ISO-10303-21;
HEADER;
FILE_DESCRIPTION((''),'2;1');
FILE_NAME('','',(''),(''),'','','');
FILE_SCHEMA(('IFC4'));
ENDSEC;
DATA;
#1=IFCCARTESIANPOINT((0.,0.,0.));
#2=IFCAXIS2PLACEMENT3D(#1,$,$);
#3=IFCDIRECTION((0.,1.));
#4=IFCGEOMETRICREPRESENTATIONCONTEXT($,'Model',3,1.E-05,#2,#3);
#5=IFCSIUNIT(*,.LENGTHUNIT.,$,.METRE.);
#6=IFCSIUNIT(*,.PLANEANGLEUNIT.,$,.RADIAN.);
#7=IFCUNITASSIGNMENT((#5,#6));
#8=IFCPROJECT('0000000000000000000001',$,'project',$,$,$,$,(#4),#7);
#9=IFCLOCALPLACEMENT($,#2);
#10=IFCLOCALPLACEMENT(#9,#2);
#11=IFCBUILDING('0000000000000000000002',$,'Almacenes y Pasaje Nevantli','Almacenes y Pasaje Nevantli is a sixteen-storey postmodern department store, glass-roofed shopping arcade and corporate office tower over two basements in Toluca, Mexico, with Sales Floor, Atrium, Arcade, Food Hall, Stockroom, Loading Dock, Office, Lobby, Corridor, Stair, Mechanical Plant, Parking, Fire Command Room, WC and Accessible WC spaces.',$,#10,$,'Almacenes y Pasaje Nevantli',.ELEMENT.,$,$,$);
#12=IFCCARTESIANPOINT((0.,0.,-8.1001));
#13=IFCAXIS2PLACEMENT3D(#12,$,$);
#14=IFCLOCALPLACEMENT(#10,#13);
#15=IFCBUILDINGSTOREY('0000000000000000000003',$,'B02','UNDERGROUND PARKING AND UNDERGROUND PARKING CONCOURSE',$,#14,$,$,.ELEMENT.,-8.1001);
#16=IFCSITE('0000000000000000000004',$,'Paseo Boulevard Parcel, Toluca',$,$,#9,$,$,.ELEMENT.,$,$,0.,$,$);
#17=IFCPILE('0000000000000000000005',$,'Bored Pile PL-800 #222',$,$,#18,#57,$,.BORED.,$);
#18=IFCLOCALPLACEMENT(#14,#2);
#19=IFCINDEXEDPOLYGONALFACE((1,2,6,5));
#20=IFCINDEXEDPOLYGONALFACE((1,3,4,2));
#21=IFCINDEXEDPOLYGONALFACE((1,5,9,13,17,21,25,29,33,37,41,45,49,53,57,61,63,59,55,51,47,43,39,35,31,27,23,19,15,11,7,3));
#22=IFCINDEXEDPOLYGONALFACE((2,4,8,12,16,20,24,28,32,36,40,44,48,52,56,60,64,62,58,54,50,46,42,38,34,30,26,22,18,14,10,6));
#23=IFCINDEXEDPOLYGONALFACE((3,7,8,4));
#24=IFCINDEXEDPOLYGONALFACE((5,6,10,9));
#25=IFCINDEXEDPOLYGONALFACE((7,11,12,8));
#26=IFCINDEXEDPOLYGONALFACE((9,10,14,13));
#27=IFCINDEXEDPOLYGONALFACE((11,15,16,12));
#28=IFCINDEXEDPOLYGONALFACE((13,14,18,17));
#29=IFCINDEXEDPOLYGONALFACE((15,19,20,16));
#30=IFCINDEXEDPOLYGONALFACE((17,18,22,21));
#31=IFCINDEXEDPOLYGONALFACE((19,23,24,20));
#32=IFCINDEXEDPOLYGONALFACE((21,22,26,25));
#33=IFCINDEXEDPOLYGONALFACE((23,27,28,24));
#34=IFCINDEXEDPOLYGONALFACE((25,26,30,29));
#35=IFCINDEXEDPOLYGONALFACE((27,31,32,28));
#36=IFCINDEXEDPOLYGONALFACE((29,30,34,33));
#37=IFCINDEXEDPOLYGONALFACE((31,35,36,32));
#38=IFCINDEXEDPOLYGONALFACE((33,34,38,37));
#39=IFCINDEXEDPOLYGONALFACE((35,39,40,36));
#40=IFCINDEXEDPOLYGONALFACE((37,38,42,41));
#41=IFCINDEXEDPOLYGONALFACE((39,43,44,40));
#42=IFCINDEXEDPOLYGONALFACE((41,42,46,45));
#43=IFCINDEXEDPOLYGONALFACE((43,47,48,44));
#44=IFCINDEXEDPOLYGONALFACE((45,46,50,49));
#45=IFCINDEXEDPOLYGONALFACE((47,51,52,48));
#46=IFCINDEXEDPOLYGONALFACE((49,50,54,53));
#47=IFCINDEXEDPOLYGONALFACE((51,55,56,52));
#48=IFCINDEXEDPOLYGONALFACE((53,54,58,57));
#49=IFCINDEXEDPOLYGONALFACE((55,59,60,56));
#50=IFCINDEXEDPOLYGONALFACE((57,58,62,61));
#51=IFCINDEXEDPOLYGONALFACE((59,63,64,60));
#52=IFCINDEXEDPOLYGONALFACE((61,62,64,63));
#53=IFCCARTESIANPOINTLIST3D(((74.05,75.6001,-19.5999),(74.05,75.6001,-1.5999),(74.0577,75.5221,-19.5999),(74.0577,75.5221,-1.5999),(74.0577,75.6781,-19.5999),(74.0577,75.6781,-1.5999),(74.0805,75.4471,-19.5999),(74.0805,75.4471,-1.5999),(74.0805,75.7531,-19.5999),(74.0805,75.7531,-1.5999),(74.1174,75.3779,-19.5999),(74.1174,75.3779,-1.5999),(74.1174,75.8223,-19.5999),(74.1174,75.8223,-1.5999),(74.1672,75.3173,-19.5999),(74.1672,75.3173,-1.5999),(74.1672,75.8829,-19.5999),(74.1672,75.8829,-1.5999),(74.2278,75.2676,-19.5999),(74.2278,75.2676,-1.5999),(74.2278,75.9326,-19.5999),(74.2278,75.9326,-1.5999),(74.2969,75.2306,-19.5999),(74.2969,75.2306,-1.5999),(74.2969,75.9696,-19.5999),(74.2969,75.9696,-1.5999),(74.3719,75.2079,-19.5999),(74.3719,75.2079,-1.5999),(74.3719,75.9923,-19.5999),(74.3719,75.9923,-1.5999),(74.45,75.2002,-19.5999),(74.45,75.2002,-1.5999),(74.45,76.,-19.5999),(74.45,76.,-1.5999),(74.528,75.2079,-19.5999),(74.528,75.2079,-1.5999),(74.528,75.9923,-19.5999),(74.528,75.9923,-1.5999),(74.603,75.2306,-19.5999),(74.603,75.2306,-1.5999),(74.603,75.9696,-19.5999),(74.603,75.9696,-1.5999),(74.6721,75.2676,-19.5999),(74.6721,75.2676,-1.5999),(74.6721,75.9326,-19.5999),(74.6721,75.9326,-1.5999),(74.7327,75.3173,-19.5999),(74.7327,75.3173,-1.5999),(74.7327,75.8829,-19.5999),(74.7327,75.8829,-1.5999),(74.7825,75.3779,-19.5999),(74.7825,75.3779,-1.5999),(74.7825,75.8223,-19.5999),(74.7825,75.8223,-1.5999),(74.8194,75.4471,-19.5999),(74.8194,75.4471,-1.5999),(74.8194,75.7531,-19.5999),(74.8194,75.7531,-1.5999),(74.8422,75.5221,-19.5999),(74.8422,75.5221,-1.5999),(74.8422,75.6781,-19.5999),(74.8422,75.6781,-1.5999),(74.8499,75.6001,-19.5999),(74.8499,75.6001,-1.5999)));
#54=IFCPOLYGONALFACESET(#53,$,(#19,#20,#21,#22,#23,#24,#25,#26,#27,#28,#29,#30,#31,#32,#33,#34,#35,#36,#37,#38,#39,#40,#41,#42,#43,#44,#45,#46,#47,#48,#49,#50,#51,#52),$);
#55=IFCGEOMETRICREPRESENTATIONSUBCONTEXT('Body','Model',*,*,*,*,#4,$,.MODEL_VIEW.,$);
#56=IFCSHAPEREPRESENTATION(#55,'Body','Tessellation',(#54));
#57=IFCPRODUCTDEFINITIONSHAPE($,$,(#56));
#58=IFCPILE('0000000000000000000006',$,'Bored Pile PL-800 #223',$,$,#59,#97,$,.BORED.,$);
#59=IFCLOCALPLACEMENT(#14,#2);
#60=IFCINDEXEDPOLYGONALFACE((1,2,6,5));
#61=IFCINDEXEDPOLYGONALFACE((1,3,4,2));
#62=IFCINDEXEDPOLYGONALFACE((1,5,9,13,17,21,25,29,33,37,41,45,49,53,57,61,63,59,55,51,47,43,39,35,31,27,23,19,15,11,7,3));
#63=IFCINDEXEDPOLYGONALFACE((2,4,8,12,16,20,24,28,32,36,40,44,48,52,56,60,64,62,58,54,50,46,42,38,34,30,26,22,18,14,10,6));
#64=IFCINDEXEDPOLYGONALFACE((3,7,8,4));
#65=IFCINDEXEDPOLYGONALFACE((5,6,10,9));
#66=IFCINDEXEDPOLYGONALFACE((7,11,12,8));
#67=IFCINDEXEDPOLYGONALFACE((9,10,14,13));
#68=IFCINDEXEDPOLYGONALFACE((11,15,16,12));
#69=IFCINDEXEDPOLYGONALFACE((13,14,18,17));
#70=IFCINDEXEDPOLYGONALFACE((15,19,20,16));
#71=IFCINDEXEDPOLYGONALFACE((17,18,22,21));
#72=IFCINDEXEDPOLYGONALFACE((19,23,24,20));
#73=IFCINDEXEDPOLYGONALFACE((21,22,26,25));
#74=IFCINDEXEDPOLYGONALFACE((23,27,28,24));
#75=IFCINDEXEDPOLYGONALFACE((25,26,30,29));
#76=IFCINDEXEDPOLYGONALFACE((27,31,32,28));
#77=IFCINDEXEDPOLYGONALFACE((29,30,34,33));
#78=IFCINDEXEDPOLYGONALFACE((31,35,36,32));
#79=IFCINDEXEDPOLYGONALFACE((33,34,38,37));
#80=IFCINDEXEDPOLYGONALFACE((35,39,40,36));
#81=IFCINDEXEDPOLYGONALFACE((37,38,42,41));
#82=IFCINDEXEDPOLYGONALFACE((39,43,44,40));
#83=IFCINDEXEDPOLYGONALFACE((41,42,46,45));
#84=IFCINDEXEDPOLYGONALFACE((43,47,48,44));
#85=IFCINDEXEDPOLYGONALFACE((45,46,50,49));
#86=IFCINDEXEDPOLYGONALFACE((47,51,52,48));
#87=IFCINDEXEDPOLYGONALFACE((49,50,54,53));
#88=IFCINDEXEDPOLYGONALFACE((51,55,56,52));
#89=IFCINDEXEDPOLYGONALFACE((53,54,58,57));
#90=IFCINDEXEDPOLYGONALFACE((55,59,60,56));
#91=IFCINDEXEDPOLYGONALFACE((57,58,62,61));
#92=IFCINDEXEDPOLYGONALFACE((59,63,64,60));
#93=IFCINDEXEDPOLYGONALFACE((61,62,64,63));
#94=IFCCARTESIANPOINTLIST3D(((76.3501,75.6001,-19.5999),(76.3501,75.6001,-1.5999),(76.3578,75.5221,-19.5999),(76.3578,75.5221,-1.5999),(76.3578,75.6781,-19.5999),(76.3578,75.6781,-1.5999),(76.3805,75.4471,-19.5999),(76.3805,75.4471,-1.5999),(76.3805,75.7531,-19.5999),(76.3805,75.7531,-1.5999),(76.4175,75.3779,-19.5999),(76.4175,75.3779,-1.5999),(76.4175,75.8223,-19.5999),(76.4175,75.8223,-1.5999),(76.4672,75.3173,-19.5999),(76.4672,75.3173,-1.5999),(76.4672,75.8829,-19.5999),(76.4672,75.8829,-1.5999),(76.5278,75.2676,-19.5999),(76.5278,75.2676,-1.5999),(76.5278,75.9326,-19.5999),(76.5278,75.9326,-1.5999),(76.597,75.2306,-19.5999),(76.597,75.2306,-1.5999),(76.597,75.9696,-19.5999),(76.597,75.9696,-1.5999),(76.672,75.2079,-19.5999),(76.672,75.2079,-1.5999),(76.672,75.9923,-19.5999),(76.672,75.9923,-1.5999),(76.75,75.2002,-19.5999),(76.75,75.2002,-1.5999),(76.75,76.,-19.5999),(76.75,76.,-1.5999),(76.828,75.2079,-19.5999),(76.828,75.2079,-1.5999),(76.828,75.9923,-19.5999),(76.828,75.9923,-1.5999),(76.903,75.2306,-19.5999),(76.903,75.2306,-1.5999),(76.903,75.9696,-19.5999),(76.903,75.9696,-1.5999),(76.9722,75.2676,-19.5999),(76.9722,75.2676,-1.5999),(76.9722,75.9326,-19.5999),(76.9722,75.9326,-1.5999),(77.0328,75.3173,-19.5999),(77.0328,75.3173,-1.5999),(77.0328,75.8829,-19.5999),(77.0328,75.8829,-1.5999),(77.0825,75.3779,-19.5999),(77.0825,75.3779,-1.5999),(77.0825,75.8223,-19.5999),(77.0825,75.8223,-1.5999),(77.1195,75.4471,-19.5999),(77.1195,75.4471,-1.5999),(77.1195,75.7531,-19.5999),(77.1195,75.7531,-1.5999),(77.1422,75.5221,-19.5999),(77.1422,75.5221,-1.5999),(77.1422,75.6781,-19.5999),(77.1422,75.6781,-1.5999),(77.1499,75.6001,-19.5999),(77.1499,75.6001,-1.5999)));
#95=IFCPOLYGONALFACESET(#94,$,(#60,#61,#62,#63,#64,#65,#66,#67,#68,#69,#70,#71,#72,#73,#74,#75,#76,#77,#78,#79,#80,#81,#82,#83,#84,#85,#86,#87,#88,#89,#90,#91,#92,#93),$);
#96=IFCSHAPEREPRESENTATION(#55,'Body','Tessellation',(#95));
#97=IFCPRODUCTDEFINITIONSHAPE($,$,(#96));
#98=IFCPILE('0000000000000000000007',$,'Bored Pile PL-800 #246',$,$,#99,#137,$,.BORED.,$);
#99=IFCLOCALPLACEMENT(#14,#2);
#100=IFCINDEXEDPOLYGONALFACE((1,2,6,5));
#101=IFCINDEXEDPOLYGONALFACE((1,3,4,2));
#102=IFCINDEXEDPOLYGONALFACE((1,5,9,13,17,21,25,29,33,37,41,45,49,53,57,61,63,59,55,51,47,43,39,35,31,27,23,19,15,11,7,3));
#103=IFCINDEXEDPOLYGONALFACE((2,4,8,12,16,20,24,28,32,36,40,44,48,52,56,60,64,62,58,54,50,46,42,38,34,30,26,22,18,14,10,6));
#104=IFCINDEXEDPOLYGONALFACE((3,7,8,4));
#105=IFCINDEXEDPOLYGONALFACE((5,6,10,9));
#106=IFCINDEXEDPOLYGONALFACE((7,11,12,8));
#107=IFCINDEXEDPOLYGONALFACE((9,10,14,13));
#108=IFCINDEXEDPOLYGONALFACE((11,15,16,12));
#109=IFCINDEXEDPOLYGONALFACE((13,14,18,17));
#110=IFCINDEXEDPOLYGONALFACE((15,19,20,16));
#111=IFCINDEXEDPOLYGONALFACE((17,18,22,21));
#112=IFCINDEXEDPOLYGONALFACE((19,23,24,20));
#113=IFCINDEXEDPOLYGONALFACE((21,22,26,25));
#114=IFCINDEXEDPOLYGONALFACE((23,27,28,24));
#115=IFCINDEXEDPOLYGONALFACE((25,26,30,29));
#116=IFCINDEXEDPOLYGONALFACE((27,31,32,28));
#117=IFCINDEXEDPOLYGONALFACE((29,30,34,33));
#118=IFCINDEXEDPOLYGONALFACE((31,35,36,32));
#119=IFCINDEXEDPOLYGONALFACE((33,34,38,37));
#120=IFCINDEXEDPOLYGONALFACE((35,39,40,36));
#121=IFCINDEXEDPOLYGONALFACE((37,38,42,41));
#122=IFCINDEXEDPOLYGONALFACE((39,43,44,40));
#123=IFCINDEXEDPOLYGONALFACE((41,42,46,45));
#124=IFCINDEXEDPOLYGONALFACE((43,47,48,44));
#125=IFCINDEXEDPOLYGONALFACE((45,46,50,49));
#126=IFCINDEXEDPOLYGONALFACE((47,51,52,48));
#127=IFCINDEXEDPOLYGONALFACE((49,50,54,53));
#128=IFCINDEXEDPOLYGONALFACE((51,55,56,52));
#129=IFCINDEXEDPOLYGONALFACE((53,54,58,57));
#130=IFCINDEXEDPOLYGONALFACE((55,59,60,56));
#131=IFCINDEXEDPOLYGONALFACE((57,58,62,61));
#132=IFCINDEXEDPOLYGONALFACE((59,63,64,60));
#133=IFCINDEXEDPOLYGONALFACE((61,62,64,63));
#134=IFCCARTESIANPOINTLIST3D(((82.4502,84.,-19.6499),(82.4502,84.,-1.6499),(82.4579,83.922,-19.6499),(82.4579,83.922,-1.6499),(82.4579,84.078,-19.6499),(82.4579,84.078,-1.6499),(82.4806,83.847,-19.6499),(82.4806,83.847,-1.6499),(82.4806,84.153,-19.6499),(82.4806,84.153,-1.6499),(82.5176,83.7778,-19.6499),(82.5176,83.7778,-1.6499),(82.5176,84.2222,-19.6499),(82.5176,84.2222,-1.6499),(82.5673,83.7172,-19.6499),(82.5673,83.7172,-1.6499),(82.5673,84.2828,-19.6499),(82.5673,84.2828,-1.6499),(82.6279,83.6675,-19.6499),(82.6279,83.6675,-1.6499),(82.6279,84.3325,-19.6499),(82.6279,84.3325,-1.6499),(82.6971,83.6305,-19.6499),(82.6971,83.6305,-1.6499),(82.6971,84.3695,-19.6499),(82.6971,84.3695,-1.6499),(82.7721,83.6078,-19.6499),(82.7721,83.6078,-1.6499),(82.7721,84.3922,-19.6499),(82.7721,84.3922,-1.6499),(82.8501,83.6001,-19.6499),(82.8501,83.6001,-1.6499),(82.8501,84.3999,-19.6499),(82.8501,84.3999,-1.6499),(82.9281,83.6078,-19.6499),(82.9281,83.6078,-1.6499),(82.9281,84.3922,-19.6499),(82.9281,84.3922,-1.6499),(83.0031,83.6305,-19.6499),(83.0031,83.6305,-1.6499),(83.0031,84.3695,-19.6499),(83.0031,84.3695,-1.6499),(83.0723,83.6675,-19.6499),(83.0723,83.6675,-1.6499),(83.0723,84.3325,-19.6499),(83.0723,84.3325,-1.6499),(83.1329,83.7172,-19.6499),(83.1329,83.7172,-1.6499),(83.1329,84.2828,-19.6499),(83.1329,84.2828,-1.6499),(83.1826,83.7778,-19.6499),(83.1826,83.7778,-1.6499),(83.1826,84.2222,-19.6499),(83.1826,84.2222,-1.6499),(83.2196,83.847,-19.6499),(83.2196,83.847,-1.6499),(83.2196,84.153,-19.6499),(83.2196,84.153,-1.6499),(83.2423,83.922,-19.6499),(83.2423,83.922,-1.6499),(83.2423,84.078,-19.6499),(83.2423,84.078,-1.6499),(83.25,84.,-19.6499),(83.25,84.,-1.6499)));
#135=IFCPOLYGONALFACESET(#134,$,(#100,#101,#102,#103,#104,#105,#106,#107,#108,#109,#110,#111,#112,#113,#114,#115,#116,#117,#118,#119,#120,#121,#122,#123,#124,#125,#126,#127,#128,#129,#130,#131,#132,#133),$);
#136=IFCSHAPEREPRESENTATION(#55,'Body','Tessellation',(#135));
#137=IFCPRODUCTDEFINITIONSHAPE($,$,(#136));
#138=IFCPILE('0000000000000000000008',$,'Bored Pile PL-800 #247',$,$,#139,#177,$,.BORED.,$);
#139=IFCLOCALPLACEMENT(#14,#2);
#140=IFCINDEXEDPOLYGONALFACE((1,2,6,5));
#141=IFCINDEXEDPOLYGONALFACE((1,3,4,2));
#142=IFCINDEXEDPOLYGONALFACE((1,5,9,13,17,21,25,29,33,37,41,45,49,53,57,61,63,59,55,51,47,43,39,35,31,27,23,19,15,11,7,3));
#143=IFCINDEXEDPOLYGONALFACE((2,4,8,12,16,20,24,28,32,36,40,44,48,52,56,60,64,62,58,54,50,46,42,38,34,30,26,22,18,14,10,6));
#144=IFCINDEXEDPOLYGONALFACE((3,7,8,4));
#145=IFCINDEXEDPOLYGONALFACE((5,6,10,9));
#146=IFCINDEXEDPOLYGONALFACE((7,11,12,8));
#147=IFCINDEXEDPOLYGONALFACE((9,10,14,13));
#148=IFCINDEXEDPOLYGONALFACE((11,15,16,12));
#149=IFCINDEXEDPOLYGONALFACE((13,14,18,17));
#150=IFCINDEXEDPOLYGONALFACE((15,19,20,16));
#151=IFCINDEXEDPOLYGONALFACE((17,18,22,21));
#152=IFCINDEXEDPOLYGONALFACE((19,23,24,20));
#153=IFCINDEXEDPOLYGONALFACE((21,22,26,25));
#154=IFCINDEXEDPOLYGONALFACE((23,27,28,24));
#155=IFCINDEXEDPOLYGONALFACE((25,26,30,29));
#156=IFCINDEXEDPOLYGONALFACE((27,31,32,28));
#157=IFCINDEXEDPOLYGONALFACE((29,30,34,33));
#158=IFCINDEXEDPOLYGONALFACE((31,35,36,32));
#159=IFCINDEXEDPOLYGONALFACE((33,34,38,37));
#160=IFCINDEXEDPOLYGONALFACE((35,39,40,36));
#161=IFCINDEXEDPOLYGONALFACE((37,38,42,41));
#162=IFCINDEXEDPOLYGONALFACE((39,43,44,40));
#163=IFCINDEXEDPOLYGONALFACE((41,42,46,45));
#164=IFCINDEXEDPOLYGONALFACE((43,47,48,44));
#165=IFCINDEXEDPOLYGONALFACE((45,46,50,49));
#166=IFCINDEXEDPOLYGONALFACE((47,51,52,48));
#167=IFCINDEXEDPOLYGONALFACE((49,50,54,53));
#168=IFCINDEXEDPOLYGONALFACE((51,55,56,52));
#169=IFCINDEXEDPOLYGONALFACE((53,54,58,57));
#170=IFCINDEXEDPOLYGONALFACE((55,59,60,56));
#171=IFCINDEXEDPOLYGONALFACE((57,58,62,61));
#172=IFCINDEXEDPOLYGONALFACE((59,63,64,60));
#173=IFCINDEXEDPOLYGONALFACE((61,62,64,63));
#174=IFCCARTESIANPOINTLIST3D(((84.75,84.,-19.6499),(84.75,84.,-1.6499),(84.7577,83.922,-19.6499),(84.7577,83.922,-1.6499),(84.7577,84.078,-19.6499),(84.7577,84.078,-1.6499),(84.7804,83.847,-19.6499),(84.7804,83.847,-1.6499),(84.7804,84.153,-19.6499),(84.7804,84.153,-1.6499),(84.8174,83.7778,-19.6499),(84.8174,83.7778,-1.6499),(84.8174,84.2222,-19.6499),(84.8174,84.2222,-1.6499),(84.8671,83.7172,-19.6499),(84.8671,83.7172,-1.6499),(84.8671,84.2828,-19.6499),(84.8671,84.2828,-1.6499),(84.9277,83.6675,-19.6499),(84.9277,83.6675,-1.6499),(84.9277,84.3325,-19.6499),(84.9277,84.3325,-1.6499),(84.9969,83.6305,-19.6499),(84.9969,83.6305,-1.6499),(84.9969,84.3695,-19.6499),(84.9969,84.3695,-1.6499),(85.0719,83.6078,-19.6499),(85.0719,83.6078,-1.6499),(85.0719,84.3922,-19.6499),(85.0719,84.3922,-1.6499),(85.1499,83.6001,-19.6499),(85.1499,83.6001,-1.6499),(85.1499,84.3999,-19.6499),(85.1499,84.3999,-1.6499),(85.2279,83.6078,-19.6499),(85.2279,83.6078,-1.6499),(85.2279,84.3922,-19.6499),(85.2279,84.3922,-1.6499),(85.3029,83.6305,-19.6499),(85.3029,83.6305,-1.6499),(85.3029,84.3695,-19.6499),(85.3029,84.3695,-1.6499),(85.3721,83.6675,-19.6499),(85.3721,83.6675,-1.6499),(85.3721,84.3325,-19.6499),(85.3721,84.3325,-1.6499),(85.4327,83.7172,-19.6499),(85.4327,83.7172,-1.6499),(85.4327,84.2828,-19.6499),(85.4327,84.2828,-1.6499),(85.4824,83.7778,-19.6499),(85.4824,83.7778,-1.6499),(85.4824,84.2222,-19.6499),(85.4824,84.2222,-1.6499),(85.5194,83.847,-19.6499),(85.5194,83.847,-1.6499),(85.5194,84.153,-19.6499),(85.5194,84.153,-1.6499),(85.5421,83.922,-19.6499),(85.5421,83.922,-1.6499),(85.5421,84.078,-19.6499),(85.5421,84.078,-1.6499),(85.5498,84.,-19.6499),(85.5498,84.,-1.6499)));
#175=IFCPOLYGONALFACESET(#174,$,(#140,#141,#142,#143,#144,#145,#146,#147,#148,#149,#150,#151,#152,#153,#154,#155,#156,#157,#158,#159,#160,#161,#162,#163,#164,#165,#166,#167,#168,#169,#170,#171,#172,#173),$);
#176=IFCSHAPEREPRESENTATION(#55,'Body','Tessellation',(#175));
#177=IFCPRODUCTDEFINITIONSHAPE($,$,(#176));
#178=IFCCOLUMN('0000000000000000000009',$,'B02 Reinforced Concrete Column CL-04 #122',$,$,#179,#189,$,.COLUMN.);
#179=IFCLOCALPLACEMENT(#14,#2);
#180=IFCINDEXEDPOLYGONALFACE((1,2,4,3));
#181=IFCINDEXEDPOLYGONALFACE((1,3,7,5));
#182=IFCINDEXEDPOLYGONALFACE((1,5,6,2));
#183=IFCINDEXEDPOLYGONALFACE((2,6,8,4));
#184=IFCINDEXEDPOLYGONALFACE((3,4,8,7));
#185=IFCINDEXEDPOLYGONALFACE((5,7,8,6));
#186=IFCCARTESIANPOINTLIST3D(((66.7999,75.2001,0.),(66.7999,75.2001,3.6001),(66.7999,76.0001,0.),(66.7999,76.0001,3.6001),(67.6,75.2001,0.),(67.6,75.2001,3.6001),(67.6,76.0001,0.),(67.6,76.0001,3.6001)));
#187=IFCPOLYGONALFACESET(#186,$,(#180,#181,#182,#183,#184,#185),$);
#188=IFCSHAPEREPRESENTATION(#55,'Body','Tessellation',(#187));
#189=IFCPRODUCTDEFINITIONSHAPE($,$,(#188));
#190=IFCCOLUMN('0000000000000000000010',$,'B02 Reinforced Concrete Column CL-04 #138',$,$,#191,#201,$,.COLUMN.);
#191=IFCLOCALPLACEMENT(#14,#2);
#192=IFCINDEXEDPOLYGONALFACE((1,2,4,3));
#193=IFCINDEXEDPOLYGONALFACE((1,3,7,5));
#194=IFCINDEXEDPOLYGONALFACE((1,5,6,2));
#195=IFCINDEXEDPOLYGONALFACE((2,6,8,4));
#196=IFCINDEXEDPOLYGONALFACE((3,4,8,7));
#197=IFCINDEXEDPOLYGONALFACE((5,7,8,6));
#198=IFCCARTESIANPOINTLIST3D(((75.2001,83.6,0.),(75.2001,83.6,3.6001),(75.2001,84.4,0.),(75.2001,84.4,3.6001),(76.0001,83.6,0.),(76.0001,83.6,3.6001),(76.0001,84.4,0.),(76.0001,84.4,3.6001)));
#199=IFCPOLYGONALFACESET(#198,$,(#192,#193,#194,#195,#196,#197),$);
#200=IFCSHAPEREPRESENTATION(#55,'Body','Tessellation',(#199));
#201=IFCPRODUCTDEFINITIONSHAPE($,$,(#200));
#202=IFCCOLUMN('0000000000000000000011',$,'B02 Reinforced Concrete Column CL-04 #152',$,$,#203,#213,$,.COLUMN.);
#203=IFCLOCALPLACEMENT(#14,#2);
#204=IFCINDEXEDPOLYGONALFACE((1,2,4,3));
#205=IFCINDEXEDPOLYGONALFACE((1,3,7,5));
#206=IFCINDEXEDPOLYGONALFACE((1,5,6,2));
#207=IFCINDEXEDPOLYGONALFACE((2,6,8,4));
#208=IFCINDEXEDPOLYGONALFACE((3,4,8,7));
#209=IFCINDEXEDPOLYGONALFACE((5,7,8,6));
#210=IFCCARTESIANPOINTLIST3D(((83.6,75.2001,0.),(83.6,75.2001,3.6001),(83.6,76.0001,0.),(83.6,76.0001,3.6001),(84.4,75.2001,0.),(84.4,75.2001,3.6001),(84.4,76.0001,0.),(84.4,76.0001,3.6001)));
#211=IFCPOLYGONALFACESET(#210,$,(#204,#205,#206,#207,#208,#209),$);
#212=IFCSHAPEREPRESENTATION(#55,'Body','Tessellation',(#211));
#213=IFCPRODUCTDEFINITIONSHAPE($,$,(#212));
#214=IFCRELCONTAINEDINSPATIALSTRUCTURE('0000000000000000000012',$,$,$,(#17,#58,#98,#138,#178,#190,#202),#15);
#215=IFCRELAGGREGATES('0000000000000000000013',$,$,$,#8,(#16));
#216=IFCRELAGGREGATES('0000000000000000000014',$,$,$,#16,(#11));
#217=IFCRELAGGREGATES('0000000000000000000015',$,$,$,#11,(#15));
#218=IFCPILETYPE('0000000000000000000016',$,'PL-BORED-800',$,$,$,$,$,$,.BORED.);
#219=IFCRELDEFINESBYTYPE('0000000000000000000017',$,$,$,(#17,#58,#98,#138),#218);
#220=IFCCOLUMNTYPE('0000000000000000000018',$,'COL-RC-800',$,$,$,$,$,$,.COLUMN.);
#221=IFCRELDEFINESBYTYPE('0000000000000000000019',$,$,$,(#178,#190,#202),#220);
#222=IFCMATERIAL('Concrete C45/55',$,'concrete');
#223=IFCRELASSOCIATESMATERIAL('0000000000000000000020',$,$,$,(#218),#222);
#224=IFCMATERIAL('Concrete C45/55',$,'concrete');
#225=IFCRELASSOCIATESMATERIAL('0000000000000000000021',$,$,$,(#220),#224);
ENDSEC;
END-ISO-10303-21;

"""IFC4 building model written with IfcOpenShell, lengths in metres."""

from ifc_helpers import new_model, si_unit, direction, frame, origin, origin_2d, place, context, subcontext, project, spatial, rectangle, circle, extrude, material, material_profile, profile_set, type_object, element, save


model = new_model("IFC4")

# Units and contexts
model_context = context("Model", 3, precision=1e-05, world=origin(), true_north=direction((0.0, 1.0)))
body_context = subcontext(model_context, "Body", "Model", "MODEL_VIEW")
ifc_project = project(units=[si_unit("LENGTHUNIT", "METRE"), si_unit("PLANEANGLEUNIT", "RADIAN")], contexts=[model_context])

# Site, building, storey
site_placement = place(None, origin())
site = spatial("IfcSite", under=ifc_project, at=site_placement, Name="Paseo Boulevard Parcel, Toluca", CompositionType="ELEMENT", RefElevation=0.0)
building_placement = place(site_placement, origin())
building = spatial("IfcBuilding", under=site, at=building_placement, Name="Almacenes y Pasaje Nevantli", Description="Almacenes y Pasaje Nevantli is a sixteen-storey postmodern department store, glass-roofed shopping arcade and corporate office tower over two basements in Toluca, Mexico, with Sales Floor, Atrium, Arcade, Food Hall, Stockroom, Loading Dock, Office, Lobby, Corridor, Stair, Mechanical Plant, Parking, Fire Command Room, WC and Accessible WC spaces.", LongName="Almacenes y Pasaje Nevantli", CompositionType="ELEMENT")
storey_placement = place(building_placement, frame((0.0, 0.0, -8.1001)))
storey = spatial("IfcBuildingStorey", under=building, at=storey_placement, Name="B02", Description="UNDERGROUND PARKING AND UNDERGROUND PARKING CONCOURSE", CompositionType="ELEMENT", Elevation=-8.1001)

# Piles
ifc_material_1 = material(Name="Concrete C45/55", Category="concrete")
ifc_material_profile_1 = material_profile(ifc_material_1, circle(Radius=0.3999, at=origin_2d()), Name="RC-PILE-D800")
ifc_profile_set_1 = profile_set([ifc_material_profile_1], Name="Concrete C45/55")
pile_type_1 = type_object("IfcPileType", Name="PL-BORED-800", PredefinedType="BORED", material=ifc_profile_set_1)
for number, where, z_axis, x_axis, name in (
    (1, (74.45, 75.6001, -1.5999), (0.0, 0.0, -1.0), (1.0, 0.0, 0.0), "Bored Pile PL-800 #222"),
    (2, (76.75, 75.6001, -1.5999), (0.0, 0.0, -1.0), (1.0, 0.0, 0.0), "Bored Pile PL-800 #223"),
    (3, (82.8501, 84.0, -1.6499), (0.0, 0.0, -1.0), (1.0, 0.0, 0.0), "Bored Pile PL-800 #246"),
    (4, (85.1499, 84.0, -1.6499), (0.0, 0.0, -1.0), (1.0, 0.0, 0.0), "Bored Pile PL-800 #247"),
):
    element("IfcPile", number, at=place(storey_placement, frame(where, z_axis=z_axis, x_axis=x_axis)), inside=storey, type_object=pile_type_1, Name=name, PredefinedType="BORED", context=body_context, shape_type="SweptSolid", body=[
        extrude(circle(Radius=0.3999, at=origin_2d()), origin(), (0.0, 0.0, 1.0), 18.0),
    ])

# Columns
ifc_material_2 = material(Name="Concrete C45/55", Category="concrete")
ifc_material_profile_2 = material_profile(ifc_material_2, rectangle(XDim=0.8, YDim=0.8, at=origin_2d()), Name="RC-COL-800x800")
ifc_profile_set_2 = profile_set([ifc_material_profile_2], Name="Concrete C45/55")
column_type_1 = type_object("IfcColumnType", Name="COL-RC-800", PredefinedType="COLUMN", material=ifc_profile_set_2)
for number, where, z_axis, x_axis, name in (
    (5, (67.2, 75.6001, 0.0), (0.0, 0.0, 1.0), (1.0, 0.0, 0.0), "B02 Reinforced Concrete Column CL-04 #122"),
    (6, (75.6001, 84.0, 0.0), (0.0, 0.0, 1.0), (1.0, 0.0, 0.0), "B02 Reinforced Concrete Column CL-04 #138"),
    (7, (84.0, 75.6001, 0.0), (0.0, 0.0, 1.0), (1.0, 0.0, 0.0), "B02 Reinforced Concrete Column CL-04 #152"),
):
    element("IfcColumn", number, at=place(storey_placement, frame(where, z_axis=z_axis, x_axis=x_axis)), inside=storey, type_object=column_type_1, Name=name, PredefinedType="COLUMN", context=body_context, shape_type="SweptSolid", body=[
        extrude(rectangle(XDim=0.8, YDim=0.8, at=origin_2d()), origin(), (0.0, 0.0, 1.0), 3.6001),
    ])

save(model, "model.ifc")
